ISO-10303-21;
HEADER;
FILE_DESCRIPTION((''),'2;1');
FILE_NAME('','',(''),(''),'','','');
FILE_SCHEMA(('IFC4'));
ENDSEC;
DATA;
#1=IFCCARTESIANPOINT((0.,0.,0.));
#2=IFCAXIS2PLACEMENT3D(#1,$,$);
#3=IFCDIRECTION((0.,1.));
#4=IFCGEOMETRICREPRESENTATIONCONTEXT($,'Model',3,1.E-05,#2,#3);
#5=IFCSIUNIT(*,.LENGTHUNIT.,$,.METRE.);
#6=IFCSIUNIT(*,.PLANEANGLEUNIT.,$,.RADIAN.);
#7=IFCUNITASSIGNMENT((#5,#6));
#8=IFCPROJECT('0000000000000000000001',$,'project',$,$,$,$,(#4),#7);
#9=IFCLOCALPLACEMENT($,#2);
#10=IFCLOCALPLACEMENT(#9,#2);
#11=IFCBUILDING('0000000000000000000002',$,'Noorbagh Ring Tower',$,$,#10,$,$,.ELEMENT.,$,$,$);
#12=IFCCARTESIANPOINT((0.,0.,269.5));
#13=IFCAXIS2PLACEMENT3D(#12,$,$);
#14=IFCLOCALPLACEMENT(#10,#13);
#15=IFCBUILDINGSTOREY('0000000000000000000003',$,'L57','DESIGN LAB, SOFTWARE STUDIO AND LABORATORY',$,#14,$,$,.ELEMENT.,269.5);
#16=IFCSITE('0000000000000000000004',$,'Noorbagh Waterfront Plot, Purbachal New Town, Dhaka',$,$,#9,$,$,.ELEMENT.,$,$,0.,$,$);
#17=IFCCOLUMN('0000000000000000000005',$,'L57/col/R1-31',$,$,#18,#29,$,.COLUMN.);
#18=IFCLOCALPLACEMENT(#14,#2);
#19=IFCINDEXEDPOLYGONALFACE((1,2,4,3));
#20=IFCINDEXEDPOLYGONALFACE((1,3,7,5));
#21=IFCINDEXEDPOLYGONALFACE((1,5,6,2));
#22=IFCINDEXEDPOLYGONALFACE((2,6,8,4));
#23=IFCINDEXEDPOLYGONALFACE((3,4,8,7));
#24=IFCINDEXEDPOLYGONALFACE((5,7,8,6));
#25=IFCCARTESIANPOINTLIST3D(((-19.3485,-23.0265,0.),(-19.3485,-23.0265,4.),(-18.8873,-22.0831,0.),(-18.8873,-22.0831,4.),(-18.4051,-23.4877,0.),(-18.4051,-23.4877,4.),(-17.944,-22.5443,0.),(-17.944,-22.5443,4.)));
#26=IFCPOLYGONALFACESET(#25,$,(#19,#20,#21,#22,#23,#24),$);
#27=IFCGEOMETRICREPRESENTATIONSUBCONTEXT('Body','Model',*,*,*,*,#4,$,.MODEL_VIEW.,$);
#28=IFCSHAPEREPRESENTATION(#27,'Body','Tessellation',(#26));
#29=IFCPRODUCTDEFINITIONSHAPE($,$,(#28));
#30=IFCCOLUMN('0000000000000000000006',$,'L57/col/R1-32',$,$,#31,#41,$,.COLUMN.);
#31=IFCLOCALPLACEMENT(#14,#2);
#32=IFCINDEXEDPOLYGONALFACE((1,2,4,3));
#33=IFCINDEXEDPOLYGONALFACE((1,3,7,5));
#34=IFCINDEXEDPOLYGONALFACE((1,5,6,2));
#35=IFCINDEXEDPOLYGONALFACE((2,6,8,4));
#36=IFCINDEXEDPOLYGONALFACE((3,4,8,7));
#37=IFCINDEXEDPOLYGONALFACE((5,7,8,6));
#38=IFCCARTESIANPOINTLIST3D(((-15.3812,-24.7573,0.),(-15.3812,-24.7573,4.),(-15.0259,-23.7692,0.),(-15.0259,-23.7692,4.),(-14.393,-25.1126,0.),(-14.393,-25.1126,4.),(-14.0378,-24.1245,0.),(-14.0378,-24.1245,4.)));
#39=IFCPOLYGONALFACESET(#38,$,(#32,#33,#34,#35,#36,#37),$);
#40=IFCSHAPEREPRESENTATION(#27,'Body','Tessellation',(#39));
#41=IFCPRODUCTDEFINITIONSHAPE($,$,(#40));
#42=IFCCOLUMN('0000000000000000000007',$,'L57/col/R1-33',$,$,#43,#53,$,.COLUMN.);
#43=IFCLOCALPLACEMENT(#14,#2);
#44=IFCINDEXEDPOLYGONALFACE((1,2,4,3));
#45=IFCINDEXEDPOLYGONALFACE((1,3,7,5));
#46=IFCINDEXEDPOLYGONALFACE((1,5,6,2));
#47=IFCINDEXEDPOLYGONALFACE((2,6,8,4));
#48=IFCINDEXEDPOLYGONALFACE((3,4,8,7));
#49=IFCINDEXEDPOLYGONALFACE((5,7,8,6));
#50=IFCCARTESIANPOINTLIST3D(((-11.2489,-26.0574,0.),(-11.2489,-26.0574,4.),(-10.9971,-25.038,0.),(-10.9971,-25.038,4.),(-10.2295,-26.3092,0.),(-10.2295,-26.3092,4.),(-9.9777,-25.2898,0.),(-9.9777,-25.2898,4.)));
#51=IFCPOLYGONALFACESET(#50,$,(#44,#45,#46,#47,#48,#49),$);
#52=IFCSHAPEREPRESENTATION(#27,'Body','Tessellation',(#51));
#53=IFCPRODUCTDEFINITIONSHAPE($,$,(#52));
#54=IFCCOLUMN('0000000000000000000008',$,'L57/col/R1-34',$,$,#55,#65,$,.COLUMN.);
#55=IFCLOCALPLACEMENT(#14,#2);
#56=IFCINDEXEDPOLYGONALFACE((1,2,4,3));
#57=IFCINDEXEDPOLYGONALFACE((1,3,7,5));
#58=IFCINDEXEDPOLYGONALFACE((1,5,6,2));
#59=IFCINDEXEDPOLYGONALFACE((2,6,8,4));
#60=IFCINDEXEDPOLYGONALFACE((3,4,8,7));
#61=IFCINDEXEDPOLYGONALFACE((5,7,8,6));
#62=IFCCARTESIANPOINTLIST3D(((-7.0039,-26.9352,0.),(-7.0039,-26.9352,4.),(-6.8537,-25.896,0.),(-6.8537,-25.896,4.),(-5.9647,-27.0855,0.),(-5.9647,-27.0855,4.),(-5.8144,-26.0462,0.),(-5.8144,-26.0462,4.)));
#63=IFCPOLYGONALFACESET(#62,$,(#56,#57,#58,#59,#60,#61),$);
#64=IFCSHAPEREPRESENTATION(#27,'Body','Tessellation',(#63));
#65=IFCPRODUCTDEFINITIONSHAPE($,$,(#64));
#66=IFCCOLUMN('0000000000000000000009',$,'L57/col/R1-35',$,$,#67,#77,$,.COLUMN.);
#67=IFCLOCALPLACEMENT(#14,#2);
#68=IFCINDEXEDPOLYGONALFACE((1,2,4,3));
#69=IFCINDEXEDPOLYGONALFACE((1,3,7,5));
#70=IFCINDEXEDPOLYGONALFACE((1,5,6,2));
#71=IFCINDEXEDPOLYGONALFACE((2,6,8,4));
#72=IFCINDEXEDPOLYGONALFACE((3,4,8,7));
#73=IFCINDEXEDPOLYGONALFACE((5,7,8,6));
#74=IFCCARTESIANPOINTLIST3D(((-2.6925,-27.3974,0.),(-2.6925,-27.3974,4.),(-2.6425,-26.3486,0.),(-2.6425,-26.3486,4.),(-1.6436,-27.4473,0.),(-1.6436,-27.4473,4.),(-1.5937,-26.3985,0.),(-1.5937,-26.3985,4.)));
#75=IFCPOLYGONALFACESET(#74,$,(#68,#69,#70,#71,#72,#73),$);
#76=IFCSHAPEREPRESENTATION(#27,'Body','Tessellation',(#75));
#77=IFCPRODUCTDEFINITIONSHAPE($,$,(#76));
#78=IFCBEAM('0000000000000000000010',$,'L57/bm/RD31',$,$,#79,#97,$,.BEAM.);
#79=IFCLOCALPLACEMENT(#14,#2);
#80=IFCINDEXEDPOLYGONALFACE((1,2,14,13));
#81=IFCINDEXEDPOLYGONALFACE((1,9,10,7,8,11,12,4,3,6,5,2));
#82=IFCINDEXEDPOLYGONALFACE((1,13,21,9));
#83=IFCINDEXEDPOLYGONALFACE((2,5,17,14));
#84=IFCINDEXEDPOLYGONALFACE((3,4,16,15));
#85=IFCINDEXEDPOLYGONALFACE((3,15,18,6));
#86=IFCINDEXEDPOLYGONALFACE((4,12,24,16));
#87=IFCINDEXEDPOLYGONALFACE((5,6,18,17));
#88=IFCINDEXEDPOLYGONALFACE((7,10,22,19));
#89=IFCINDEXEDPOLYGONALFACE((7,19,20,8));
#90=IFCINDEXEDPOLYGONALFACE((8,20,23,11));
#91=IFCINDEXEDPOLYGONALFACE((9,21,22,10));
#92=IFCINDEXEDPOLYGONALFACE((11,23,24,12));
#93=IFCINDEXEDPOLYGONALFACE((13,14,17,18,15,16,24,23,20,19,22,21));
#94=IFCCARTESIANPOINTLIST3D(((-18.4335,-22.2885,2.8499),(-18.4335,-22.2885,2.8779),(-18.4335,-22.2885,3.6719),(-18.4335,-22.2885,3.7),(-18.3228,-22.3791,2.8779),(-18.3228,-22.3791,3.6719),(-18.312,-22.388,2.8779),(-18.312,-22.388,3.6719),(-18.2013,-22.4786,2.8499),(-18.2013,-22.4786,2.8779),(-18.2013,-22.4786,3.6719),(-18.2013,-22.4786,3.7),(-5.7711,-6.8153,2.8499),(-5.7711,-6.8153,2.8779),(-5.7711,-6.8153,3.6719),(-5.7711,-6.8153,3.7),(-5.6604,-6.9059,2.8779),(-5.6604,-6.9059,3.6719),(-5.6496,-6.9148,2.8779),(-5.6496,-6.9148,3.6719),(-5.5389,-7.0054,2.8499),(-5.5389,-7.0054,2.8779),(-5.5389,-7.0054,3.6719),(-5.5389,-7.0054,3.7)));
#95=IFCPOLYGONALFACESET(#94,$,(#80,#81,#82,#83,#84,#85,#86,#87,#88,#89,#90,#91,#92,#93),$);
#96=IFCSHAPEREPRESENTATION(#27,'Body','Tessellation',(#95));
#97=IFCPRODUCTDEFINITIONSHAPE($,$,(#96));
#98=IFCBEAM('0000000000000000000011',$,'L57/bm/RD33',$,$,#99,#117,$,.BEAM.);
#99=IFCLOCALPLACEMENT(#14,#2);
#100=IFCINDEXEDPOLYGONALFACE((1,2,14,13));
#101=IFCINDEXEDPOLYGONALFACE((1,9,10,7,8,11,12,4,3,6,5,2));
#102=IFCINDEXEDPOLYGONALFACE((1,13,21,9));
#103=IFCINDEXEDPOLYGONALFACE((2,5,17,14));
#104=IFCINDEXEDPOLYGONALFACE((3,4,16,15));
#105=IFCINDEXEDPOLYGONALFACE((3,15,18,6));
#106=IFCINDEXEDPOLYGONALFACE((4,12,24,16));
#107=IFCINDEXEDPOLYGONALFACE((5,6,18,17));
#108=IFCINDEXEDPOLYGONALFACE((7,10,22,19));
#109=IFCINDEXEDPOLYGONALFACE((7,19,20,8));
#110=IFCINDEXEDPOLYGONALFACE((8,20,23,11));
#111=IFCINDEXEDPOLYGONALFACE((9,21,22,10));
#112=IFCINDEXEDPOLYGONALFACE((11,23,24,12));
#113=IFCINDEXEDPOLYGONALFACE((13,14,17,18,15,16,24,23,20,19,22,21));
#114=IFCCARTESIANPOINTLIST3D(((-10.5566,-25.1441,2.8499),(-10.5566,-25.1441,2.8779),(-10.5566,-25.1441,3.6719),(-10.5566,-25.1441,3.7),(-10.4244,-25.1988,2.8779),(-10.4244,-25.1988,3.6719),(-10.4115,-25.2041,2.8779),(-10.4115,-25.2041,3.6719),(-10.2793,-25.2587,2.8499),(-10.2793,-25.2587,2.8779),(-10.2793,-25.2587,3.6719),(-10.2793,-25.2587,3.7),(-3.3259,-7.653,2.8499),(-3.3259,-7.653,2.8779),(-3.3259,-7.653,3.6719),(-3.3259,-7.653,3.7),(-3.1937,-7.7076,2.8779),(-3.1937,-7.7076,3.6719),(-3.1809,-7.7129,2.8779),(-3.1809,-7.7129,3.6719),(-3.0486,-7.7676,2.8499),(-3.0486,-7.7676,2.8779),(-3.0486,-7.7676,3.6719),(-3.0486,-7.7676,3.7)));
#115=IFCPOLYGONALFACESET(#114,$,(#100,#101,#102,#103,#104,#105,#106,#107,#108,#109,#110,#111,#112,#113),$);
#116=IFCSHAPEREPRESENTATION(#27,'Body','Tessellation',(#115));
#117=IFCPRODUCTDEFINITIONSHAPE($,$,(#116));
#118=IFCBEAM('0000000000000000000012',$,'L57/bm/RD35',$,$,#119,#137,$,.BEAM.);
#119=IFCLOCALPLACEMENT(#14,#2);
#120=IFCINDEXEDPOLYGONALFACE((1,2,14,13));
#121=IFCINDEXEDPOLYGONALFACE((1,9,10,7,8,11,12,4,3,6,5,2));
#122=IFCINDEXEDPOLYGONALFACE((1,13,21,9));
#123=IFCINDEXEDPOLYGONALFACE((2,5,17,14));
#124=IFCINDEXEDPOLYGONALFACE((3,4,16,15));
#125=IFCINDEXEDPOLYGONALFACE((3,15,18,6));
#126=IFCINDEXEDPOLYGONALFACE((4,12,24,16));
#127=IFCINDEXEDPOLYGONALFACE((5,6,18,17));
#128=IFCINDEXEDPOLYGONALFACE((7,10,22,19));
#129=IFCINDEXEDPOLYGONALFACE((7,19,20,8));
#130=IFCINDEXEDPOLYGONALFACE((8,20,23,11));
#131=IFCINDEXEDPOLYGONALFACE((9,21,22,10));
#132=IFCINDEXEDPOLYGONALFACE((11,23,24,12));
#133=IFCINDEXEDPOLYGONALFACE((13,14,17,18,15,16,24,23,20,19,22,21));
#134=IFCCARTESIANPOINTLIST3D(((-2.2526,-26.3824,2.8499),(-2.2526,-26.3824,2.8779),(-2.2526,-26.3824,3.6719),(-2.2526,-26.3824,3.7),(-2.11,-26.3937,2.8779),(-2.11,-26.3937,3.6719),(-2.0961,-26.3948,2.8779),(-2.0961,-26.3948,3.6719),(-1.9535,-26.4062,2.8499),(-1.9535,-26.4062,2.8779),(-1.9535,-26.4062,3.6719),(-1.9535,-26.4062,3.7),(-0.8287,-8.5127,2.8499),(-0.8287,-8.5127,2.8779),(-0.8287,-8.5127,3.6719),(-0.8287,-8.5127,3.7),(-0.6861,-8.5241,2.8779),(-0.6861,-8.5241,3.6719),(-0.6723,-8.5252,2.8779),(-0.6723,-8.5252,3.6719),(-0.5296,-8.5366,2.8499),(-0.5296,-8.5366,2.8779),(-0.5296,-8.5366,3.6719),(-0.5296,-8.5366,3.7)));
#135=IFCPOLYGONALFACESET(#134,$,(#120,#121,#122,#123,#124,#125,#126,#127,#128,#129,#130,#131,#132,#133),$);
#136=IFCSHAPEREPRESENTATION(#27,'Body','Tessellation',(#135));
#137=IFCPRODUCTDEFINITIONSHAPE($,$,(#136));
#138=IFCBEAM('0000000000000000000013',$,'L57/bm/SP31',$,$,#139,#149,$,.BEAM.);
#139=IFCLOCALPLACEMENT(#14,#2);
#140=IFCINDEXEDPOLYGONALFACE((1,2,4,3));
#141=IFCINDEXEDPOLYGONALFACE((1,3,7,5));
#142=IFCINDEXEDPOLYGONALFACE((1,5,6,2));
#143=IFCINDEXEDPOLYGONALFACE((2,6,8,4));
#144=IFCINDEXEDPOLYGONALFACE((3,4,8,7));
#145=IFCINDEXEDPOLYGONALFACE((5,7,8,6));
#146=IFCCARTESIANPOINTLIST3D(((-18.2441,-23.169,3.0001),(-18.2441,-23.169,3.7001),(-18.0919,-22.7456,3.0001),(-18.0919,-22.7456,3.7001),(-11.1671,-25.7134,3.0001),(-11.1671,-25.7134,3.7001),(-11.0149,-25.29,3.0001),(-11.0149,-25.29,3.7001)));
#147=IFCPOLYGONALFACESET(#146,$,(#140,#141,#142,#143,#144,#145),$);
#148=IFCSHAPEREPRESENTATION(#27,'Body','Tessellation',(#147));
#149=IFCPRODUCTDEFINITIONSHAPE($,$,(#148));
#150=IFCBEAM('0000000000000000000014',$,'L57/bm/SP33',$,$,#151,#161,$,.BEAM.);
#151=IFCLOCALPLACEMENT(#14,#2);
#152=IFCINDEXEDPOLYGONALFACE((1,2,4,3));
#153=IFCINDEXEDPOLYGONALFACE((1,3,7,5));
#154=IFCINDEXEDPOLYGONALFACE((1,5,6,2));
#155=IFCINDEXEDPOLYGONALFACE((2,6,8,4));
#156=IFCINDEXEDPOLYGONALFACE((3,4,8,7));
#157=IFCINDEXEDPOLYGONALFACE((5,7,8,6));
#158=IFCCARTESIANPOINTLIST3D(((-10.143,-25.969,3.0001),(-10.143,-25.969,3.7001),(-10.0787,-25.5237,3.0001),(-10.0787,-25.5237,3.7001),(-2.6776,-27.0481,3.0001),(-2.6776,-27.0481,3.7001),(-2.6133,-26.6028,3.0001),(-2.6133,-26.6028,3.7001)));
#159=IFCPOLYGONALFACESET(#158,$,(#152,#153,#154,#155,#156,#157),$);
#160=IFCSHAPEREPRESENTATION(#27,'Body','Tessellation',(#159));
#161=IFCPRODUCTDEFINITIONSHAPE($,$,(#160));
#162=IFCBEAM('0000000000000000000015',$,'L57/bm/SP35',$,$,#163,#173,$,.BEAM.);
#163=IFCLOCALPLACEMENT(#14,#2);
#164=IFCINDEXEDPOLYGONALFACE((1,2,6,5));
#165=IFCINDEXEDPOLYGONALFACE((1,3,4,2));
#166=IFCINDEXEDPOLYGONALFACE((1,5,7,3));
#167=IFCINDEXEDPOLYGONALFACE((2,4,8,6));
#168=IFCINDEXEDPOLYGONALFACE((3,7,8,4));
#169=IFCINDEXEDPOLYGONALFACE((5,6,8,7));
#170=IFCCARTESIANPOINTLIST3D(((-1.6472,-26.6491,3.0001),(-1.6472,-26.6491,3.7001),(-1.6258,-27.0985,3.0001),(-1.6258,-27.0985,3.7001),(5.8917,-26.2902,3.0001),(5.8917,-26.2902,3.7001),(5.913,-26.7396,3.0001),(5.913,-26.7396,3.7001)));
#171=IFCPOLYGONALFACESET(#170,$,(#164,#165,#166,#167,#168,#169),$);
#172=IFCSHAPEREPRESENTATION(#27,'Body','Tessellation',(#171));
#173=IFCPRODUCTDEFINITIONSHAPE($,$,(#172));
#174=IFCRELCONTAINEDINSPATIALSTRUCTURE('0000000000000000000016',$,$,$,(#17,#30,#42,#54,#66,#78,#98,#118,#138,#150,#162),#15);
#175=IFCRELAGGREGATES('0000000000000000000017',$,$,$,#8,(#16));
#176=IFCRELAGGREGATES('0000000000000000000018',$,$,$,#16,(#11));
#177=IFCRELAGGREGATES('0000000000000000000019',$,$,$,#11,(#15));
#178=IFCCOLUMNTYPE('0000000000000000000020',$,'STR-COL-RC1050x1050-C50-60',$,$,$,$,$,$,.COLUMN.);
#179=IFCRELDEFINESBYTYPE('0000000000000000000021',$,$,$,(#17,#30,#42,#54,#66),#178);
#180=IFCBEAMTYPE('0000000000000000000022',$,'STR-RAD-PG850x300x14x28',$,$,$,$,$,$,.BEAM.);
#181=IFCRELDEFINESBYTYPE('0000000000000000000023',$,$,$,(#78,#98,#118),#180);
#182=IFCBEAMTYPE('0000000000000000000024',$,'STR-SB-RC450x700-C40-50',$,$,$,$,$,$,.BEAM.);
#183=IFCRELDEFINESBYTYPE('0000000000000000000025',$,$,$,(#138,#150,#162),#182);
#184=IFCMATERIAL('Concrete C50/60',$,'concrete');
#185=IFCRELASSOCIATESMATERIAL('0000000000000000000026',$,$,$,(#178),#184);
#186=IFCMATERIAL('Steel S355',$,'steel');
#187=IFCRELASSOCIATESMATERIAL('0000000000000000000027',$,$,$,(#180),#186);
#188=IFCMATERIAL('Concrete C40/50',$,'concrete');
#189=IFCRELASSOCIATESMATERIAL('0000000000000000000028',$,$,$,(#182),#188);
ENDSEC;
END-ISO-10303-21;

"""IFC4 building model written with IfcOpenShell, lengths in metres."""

from ifc_helpers import new_model, si_unit, direction, frame, origin, origin_2d, place, context, subcontext, project, spatial, rectangle, i_section, extrude, material, material_profile, profile_set, type_object, element, save


model = new_model("IFC4")

# Units and contexts
model_context = context("Model", 3, precision=1e-05, world=origin(), true_north=direction((0.0, 1.0)))
body_context = subcontext(model_context, "Body", "Model", "MODEL_VIEW")
ifc_project = project(units=[si_unit("LENGTHUNIT", "METRE"), si_unit("PLANEANGLEUNIT", "RADIAN")], contexts=[model_context])

# Site, building, storey
site_placement = place(None, origin())
site = spatial("IfcSite", under=ifc_project, at=site_placement, Name="Noorbagh Waterfront Plot, Purbachal New Town, Dhaka", CompositionType="ELEMENT", RefElevation=0.0)
building_placement = place(site_placement, origin())
building = spatial("IfcBuilding", under=site, at=building_placement, Name="Noorbagh Ring Tower", CompositionType="ELEMENT")
storey_placement = place(building_placement, frame((0.0, 0.0, 269.5)))
storey = spatial("IfcBuildingStorey", under=building, at=storey_placement, Name="L57", Description="DESIGN LAB, SOFTWARE STUDIO AND LABORATORY", CompositionType="ELEMENT", Elevation=269.5)

# Columns
ifc_material_1 = material(Name="Concrete C50/60", Category="concrete")
ifc_material_profile_1 = material_profile(ifc_material_1, rectangle(XDim=1.05, YDim=1.05, at=origin_2d()), Name="RC1050x1050")
ifc_profile_set_1 = profile_set([ifc_material_profile_1], Name="Concrete C50/60")
column_type = type_object("IfcColumnType", Name="STR-COL-RC1050x1050-C50-60", PredefinedType="COLUMN", material=ifc_profile_set_1)
for number, where, z_axis, x_axis, name in (
    (1, (-18.6462, -22.7854, 0.0), (0.0, 0.0, 1.0), (0.898399, -0.43918, 0.0), "L57/col/R1-31"),
    (2, (-14.7095, -24.4409, 0.0), (0.0, 0.0, 1.0), (0.941025, -0.338338, 0.0), "L57/col/R1-32"),
    (3, (-10.6133, -25.6736, 0.0), (0.0, 0.0, 1.0), (0.970829, -0.239771, 0.0), "L57/col/R1-33"),
    (4, (-6.4092, -26.4907, 0.0), (0.0, 0.0, 1.0), (0.989713, -0.143066, 0.0), "L57/col/R1-34"),
    (5, (-2.1431, -26.8979, 0.0), (0.0, 0.0, 1.0), (0.998869, -0.047553, 0.0), "L57/col/R1-35"),
):
    element("IfcColumn", number, at=place(storey_placement, frame(where, z_axis=z_axis, x_axis=x_axis)), inside=storey, type_object=column_type, Name=name, PredefinedType="COLUMN", context=body_context, shape_type="SweptSolid", body=[
        extrude(rectangle(XDim=1.05, YDim=1.05, at=origin_2d()), origin(), (0.0, 0.0, 1.0), 4.0),
    ])

# Beams
ifc_material_2 = material(Name="Steel S355", Category="steel")
ifc_material_profile_2 = material_profile(ifc_material_2, i_section(OverallWidth=0.3, OverallDepth=0.8501, WebThickness=0.0139, FlangeThickness=0.0281, at=origin_2d()), Name="PG850x300x14x28")
ifc_profile_set_2 = profile_set([ifc_material_profile_2], Name="Steel S355")
beam_type_1 = type_object("IfcBeamType", Name="STR-RAD-PG850x300x14x28", PredefinedType="BEAM", material=ifc_profile_set_2)
beam_1_placement = place(storey_placement, frame((-18.3174, -22.3835, 3.2749), z_axis=(0.633313, 0.773896, 0.0), x_axis=(-0.773896, 0.633313, 0.0)))
element("IfcBeam", 6, at=beam_1_placement, inside=storey, type_object=beam_type_1, Name="L57/bm/RD31", PredefinedType="BEAM", context=body_context, shape_type="SweptSolid", body=[
    extrude(i_section(OverallWidth=0.3, OverallDepth=0.8501, WebThickness=0.0139, FlangeThickness=0.0281, at=origin_2d()), origin(), (0.0, 0.0, 1.0), 19.9939),
])
beam_2_placement = place(storey_placement, frame((-10.418, -25.2014, 3.2749), z_axis=(0.382035, 0.924148, 0.0), x_axis=(-0.924148, 0.382035, 0.0)))
element("IfcBeam", 7, at=beam_2_placement, inside=storey, type_object=beam_type_1, Name="L57/bm/RD33", PredefinedType="BEAM", context=body_context, shape_type="SweptSolid", body=[
    extrude(i_section(OverallWidth=0.3, OverallDepth=0.8501, WebThickness=0.0139, FlangeThickness=0.0281, at=origin_2d()), origin(), (0.0, 0.0, 1.0), 18.9268),
])
beam_3_placement = place(storey_placement, frame((-2.103, -26.3943, 3.2749), z_axis=(0.079427, 0.996841, 0.0), x_axis=(-0.996841, 0.079427, 0.0)))
element("IfcBeam", 8, at=beam_3_placement, inside=storey, type_object=beam_type_1, Name="L57/bm/RD35", PredefinedType="BEAM", context=body_context, shape_type="SweptSolid", body=[
    extrude(i_section(OverallWidth=0.3, OverallDepth=0.8501, WebThickness=0.0139, FlangeThickness=0.0281, at=origin_2d()), origin(), (0.0, 0.0, 1.0), 17.9263),
])
ifc_material_3 = material(Name="Concrete C40/50", Category="concrete")
ifc_material_profile_3 = material_profile(ifc_material_3, rectangle(XDim=0.45, YDim=0.7, at=origin_2d()), Name="RC450x700")
ifc_profile_set_3 = profile_set([ifc_material_profile_3], Name="Concrete C40/50")
beam_type_2 = type_object("IfcBeamType", Name="STR-SB-RC450x700-C40-50", PredefinedType="BEAM", material=ifc_profile_set_3)
beam_4_placement = place(storey_placement, frame((-18.168, -22.9573, 3.3501), z_axis=(0.941025, -0.338337, 0.0), x_axis=(0.338337, 0.941025, 0.0)))
element("IfcBeam", 9, at=beam_4_placement, inside=storey, type_object=beam_type_2, Name="L57/bm/SP31", PredefinedType="BEAM", context=body_context, shape_type="SweptSolid", body=[
    extrude(rectangle(XDim=0.45, YDim=0.7, at=origin_2d()), origin(), (0.0, 0.0, 1.0), 7.5205),
])
beam_5_placement = place(storey_placement, frame((-10.1108, -25.7463, 3.3501), z_axis=(0.989714, -0.143062, 0.0), x_axis=(0.143062, 0.989714, 0.0)))
element("IfcBeam", 10, at=beam_5_placement, inside=storey, type_object=beam_type_2, Name="L57/bm/SP33", PredefinedType="BEAM", context=body_context, shape_type="SweptSolid", body=[
    extrude(rectangle(XDim=0.45, YDim=0.7, at=origin_2d()), origin(), (0.0, 0.0, 1.0), 7.543),
])
beam_6_placement = place(storey_placement, frame((-1.6365, -26.8738, 3.3501), z_axis=(0.998869, 0.047551, 0.0), x_axis=(-0.047551, 0.998869, 0.0)))
element("IfcBeam", 11, at=beam_6_placement, inside=storey, type_object=beam_type_2, Name="L57/bm/SP35", PredefinedType="BEAM", context=body_context, shape_type="SweptSolid", body=[
    extrude(rectangle(XDim=0.45, YDim=0.7, at=origin_2d()), origin(), (0.0, 0.0, 1.0), 7.5474),
])

save(model, "model.ifc")
